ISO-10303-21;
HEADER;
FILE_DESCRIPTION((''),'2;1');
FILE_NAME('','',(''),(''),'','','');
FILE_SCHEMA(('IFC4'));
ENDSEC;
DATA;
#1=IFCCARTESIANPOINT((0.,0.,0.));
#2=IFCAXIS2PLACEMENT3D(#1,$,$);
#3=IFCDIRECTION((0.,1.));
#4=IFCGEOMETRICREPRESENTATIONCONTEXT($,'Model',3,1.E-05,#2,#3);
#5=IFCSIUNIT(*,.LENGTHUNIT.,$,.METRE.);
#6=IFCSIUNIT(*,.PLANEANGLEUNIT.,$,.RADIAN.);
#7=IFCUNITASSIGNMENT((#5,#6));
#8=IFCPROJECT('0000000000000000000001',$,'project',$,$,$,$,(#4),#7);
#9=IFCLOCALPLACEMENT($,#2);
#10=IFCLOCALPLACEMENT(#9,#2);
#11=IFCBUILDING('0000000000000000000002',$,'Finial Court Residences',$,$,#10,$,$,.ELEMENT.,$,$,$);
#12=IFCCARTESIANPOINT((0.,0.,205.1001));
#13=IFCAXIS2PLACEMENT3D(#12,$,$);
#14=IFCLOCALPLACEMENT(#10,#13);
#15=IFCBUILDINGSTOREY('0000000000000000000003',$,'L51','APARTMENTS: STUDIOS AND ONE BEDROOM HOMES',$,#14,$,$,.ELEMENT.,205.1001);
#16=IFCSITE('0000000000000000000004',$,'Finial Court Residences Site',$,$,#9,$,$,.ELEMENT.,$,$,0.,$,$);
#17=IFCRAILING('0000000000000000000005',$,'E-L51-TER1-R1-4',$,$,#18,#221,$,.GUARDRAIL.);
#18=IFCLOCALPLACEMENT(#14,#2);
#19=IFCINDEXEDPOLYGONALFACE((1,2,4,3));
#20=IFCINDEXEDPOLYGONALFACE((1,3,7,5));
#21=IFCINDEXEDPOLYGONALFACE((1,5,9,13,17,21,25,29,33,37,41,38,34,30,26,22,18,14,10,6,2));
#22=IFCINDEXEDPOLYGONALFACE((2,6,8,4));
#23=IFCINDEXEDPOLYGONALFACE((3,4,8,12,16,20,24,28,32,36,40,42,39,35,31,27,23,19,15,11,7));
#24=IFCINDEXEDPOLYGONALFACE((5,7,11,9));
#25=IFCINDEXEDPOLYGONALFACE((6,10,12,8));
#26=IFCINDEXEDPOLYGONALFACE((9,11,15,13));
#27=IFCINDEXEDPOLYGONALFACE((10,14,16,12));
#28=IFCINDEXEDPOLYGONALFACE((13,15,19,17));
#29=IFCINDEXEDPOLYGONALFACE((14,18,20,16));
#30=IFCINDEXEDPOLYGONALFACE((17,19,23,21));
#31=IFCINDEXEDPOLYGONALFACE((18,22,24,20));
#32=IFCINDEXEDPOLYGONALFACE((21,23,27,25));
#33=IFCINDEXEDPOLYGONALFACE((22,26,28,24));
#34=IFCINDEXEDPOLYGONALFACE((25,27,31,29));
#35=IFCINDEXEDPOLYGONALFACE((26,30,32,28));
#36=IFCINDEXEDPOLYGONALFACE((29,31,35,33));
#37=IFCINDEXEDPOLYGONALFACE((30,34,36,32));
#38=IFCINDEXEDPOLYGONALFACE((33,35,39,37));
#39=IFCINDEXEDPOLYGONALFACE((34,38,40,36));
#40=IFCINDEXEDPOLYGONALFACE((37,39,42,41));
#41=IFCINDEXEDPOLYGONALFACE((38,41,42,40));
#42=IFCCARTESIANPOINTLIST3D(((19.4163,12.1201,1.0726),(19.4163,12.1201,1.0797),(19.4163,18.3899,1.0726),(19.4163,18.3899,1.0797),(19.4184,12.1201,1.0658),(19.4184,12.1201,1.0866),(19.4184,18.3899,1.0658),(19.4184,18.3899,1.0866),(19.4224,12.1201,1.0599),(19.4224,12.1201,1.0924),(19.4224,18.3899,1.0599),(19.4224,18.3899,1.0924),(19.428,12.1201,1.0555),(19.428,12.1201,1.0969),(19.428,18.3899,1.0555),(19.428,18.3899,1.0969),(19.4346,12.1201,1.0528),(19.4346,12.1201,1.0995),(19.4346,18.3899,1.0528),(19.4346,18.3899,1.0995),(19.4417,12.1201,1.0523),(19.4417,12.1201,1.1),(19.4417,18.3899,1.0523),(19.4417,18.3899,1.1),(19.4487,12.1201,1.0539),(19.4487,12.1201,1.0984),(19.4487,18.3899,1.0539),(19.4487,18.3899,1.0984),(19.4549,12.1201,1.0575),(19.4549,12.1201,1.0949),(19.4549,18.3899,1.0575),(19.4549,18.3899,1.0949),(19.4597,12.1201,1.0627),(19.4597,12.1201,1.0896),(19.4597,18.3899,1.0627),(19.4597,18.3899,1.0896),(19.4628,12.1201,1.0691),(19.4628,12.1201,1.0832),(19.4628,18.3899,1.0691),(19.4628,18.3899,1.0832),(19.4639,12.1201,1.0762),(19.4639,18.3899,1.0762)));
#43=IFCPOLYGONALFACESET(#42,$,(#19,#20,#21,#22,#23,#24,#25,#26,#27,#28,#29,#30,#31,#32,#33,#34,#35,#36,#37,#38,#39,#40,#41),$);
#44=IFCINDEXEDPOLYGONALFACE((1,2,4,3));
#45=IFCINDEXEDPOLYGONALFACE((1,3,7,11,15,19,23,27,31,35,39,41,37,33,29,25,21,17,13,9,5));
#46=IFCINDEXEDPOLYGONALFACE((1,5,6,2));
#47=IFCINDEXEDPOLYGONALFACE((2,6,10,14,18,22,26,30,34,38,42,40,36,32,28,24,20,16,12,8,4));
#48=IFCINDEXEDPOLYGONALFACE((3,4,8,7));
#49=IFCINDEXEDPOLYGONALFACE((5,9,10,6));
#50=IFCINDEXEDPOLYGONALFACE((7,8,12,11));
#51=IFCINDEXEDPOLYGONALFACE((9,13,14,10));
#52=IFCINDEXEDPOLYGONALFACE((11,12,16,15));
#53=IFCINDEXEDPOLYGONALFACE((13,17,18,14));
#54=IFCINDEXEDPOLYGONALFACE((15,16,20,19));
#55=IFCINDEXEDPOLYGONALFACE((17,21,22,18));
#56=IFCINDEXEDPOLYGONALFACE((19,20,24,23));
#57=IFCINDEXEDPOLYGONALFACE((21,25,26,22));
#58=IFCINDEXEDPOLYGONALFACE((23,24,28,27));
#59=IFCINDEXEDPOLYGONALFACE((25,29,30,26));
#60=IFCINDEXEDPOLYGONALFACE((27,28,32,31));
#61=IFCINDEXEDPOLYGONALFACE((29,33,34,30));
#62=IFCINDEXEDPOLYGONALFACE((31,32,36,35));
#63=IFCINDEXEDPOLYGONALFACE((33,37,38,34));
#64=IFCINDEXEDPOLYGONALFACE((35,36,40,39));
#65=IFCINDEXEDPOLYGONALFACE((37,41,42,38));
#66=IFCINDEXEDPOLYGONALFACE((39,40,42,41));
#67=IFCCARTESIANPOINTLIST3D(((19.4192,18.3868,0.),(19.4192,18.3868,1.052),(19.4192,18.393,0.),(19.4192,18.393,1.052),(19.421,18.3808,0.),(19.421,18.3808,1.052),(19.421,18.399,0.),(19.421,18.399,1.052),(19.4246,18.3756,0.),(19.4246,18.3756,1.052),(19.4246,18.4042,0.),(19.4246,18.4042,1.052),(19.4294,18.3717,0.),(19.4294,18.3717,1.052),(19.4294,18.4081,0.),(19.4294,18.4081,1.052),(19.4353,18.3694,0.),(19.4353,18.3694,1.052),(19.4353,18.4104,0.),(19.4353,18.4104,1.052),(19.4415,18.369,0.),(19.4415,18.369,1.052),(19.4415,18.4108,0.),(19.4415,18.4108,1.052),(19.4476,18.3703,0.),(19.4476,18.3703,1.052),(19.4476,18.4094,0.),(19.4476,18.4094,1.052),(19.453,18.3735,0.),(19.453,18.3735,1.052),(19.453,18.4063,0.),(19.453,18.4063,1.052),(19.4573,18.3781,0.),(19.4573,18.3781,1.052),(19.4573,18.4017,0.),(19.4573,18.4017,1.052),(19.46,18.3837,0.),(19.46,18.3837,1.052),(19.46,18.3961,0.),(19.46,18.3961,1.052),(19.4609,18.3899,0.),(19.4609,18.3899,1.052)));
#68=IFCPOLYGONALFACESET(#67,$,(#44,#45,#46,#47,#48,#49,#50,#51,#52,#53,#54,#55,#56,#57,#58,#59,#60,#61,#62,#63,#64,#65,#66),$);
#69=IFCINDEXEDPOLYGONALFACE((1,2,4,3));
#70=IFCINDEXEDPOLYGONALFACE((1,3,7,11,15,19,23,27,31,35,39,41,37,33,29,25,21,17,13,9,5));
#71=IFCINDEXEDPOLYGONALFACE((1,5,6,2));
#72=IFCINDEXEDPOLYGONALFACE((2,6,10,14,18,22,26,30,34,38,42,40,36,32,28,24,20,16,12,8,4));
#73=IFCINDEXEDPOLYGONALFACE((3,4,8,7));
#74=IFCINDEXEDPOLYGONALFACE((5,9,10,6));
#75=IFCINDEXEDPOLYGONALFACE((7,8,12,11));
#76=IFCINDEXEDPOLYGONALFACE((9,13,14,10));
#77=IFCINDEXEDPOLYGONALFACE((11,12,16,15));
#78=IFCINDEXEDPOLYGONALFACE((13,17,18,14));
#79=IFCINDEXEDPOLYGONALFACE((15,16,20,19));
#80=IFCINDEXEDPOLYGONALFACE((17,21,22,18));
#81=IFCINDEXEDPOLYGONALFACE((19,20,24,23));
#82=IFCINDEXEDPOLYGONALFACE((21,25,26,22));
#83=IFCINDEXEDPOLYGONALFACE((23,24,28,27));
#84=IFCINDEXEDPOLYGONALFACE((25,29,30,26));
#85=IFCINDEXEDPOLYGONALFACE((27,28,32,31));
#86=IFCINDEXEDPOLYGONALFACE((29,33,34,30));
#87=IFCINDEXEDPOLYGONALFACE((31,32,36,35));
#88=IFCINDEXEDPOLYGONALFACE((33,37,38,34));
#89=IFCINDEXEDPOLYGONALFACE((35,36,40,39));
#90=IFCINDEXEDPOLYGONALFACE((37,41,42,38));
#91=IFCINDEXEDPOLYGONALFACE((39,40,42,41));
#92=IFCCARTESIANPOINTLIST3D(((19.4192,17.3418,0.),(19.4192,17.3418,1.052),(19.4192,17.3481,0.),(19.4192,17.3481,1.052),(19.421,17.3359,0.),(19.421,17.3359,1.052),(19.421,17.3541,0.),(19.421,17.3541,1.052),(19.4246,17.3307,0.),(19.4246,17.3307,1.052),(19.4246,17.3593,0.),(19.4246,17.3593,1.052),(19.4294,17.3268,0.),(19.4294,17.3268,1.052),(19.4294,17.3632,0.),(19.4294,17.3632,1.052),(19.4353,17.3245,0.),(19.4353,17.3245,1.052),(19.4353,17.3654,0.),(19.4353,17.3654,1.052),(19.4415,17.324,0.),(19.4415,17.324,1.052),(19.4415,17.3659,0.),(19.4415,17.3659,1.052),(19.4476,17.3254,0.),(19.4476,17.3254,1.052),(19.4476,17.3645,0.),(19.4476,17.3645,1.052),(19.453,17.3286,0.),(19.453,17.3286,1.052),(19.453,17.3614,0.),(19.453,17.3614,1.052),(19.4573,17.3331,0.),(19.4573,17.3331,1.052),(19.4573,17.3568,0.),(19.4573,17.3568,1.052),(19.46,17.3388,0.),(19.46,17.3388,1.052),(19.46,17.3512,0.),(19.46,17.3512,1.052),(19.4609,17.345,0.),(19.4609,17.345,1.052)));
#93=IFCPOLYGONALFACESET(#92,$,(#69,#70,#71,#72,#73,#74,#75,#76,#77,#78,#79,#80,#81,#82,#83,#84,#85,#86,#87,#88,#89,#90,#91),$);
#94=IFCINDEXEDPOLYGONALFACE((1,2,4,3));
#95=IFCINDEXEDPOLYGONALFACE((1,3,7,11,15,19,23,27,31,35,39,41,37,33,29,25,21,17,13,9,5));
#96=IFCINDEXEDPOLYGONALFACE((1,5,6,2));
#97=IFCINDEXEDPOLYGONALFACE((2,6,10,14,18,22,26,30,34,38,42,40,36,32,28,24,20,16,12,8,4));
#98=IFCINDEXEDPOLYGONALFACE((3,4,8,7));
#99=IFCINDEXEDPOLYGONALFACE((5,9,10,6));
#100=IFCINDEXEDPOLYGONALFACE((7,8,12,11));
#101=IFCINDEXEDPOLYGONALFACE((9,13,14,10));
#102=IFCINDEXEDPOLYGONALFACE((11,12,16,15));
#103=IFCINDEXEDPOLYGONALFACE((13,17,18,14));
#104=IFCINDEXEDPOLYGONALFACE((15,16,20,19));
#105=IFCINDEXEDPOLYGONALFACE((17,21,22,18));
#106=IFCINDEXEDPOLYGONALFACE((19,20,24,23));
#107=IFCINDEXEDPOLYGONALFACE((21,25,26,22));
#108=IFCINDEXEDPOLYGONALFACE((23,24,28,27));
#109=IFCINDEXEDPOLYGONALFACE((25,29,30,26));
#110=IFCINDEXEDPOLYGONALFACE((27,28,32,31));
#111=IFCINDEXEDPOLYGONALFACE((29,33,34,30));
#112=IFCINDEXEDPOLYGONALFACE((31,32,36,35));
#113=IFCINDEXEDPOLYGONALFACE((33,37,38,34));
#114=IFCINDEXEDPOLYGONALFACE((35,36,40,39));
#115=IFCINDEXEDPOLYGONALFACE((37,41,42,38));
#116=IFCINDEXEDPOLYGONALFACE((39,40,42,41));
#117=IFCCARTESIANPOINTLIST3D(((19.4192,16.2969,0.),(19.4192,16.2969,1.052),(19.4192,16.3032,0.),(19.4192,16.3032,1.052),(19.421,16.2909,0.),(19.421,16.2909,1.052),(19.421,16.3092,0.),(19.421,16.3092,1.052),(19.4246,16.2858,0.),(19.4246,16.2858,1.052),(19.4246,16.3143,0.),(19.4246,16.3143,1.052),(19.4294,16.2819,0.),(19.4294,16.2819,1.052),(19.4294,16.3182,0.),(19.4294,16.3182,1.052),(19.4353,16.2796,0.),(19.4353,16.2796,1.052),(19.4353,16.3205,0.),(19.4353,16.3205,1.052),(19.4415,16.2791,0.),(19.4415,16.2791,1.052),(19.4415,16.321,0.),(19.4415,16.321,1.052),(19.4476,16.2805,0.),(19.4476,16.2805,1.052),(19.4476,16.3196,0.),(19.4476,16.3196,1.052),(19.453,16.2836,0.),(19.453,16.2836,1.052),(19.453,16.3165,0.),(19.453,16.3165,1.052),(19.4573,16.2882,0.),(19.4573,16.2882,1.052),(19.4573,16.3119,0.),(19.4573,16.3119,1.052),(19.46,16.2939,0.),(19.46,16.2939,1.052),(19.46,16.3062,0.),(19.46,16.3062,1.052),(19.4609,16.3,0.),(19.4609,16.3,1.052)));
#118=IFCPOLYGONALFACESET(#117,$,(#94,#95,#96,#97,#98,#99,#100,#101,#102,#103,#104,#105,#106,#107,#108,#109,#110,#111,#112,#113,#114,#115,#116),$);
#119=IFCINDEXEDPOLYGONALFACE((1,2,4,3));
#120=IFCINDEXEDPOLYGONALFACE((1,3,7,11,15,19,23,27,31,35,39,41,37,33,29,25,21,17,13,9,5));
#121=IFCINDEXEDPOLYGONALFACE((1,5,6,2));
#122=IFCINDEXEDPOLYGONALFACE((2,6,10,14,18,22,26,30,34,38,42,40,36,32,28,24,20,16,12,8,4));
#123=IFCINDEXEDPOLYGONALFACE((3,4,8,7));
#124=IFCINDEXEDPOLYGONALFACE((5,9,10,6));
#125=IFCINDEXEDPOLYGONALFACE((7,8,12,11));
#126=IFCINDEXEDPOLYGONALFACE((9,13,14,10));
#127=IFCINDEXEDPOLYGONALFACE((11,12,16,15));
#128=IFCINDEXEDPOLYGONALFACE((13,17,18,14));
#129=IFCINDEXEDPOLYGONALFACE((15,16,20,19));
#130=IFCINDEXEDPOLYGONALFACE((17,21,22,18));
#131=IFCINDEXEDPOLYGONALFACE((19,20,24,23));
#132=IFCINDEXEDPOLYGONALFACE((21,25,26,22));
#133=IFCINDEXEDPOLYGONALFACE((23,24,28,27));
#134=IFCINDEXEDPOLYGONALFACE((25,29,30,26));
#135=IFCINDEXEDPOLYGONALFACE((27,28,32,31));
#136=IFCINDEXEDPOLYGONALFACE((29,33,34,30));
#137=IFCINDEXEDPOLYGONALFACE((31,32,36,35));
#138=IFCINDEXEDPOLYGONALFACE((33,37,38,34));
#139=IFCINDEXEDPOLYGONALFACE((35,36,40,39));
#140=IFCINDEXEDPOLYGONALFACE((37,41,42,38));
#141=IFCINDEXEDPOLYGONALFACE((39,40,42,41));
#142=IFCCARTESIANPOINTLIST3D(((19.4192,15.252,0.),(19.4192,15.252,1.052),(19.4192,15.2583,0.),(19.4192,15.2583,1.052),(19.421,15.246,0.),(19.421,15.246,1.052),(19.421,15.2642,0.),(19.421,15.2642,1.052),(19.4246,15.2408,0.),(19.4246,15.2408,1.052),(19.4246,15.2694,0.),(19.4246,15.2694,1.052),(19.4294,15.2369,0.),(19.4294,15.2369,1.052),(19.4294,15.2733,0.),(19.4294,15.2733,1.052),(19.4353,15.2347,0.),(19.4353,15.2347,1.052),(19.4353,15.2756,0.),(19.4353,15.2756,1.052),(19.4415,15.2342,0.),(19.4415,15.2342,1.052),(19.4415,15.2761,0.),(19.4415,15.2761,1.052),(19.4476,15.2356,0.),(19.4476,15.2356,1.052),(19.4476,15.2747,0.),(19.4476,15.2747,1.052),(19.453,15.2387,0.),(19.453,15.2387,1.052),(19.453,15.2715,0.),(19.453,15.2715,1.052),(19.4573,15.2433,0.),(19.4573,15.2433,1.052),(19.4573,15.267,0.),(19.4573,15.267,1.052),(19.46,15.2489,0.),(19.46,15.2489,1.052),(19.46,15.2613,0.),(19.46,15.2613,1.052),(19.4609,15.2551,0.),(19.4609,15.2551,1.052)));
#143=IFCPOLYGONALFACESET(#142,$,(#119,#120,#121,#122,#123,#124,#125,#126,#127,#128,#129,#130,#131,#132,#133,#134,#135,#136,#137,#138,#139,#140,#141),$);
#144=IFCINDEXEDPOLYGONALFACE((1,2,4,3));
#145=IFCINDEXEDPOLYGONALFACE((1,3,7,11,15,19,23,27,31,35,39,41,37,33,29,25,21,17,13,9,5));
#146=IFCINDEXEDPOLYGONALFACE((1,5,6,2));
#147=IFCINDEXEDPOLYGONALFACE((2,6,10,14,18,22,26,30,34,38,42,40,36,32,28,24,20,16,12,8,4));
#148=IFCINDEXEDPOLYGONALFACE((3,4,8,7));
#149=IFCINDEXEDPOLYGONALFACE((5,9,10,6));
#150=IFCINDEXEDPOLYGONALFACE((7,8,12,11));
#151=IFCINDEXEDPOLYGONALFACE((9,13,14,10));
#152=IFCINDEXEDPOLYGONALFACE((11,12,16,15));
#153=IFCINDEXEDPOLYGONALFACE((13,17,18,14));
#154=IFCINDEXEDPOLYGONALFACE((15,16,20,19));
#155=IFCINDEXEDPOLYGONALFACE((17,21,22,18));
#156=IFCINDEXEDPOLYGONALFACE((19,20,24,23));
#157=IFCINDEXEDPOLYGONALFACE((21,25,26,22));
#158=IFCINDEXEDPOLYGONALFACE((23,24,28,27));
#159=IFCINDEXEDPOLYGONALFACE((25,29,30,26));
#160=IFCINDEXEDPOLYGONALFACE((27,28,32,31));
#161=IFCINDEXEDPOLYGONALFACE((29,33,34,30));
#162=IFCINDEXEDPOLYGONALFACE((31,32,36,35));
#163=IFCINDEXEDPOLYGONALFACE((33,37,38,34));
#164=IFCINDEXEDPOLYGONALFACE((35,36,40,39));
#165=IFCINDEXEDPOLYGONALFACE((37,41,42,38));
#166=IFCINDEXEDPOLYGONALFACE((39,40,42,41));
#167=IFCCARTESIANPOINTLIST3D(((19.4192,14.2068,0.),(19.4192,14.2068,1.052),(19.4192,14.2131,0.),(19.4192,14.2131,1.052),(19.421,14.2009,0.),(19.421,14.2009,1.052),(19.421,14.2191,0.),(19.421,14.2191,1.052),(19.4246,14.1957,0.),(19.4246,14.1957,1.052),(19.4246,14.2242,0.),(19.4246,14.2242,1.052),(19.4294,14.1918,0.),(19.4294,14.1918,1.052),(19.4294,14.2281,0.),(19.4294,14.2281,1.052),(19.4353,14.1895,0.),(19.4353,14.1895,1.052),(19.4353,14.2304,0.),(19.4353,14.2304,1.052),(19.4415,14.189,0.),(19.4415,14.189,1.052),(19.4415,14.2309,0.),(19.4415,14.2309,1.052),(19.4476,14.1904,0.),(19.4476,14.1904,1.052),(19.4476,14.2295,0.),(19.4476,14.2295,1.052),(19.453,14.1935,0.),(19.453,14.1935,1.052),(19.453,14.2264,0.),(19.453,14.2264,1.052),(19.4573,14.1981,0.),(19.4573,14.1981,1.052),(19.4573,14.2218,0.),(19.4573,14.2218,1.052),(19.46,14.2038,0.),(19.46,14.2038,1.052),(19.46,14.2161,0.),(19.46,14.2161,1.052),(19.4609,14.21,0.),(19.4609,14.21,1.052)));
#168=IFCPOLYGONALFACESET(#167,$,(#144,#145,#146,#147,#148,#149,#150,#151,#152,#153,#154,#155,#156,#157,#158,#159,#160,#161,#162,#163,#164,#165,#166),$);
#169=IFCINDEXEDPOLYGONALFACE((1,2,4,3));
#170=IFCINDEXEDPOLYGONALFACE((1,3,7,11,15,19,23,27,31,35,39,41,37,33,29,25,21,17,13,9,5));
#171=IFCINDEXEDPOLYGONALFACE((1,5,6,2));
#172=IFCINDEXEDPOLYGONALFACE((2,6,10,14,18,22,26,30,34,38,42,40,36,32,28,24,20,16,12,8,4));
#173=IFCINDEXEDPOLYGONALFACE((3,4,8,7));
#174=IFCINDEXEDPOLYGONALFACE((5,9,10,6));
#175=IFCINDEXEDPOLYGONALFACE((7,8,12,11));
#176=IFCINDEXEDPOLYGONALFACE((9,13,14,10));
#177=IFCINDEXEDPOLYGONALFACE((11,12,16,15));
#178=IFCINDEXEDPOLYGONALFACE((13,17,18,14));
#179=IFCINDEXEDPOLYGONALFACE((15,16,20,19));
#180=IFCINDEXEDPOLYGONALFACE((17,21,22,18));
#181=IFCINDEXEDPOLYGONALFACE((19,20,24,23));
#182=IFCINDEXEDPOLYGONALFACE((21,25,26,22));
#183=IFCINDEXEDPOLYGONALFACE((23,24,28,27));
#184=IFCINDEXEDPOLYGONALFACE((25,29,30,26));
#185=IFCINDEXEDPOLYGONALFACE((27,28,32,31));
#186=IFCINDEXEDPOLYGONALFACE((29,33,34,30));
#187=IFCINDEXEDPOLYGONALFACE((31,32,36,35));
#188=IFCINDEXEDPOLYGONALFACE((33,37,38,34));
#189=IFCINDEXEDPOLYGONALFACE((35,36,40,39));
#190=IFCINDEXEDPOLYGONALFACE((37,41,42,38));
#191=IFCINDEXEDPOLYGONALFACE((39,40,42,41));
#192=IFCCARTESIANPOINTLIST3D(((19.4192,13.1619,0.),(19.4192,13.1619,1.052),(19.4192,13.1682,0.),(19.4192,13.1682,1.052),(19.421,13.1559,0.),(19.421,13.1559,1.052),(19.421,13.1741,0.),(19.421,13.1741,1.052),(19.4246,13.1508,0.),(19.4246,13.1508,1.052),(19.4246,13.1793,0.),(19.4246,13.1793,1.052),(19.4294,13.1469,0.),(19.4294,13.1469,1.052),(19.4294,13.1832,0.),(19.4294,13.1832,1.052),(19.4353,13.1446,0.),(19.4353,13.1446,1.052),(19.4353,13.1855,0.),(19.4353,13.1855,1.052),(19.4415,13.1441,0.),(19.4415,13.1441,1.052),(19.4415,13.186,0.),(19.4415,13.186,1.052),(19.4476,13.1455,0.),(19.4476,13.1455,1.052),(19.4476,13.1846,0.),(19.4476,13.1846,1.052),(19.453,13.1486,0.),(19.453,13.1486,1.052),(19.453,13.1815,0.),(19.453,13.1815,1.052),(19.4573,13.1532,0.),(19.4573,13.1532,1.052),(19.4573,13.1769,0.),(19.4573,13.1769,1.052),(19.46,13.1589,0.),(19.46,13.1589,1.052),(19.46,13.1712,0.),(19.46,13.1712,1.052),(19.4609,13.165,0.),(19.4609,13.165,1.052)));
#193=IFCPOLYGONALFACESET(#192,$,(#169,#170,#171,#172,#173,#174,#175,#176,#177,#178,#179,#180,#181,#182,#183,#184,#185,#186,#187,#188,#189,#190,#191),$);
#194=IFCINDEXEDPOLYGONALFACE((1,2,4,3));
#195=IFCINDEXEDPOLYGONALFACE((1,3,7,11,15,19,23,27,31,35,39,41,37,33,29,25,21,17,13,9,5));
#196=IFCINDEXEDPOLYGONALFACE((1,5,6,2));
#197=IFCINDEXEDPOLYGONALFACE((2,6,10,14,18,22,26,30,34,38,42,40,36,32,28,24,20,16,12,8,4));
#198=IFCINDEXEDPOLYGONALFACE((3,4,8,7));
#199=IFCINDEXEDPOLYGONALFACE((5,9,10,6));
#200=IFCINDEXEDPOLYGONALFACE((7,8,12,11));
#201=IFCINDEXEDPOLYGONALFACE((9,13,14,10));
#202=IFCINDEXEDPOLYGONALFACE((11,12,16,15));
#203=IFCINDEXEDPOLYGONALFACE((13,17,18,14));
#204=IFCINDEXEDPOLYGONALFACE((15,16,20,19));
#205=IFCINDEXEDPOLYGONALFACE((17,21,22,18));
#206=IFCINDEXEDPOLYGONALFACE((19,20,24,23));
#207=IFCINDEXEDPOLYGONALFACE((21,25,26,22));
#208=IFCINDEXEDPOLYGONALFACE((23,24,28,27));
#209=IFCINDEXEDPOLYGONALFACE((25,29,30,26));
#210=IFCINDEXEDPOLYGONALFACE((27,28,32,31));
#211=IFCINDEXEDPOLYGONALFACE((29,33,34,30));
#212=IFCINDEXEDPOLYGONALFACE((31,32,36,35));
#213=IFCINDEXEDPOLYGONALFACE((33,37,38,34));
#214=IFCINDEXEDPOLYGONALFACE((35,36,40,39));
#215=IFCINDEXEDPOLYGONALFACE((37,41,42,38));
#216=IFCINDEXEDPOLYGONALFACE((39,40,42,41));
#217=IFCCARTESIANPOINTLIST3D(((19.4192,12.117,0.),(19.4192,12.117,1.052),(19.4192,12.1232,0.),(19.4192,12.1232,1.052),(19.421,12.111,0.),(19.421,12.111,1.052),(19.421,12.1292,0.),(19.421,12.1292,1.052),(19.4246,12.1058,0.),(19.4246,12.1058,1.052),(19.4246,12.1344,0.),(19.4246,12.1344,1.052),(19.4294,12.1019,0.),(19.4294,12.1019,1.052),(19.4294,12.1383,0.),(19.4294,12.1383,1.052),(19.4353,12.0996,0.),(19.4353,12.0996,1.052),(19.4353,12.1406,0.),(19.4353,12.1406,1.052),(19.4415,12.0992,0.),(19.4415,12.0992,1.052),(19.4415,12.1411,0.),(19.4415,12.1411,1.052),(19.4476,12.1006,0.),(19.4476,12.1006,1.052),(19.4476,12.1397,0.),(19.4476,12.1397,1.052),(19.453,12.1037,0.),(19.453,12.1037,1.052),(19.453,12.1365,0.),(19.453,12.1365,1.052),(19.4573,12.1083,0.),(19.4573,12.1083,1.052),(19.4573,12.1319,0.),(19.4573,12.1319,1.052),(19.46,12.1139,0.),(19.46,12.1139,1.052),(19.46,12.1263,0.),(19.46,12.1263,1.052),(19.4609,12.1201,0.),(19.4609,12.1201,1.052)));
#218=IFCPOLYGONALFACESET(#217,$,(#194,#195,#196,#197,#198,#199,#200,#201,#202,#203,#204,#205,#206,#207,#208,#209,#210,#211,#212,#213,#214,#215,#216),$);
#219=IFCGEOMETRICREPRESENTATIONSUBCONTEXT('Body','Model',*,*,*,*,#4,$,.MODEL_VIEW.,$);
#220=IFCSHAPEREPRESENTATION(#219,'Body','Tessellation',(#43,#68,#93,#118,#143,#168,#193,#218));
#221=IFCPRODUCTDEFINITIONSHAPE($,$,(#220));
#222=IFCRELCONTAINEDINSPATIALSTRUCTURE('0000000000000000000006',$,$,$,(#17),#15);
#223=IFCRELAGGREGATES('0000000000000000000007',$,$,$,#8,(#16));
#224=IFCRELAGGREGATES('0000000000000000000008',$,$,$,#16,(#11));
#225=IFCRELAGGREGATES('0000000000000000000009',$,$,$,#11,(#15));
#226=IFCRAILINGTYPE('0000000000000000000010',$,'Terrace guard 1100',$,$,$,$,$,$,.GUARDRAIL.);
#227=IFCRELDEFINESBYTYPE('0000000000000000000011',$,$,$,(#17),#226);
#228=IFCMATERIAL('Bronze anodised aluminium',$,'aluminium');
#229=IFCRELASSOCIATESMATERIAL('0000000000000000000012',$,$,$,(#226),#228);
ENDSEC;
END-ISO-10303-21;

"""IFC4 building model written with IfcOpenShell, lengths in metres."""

from ifc_helpers import new_model, si_unit, direction, frame, origin, origin_2d, place, context, subcontext, project, spatial, circle, extrude, material, type_object, element, save


model = new_model("IFC4")

# Units and contexts
model_context = context("Model", 3, precision=1e-05, world=origin(), true_north=direction((0.0, 1.0)))
body_context = subcontext(model_context, "Body", "Model", "MODEL_VIEW")
ifc_project = project(units=[si_unit("LENGTHUNIT", "METRE"), si_unit("PLANEANGLEUNIT", "RADIAN")], contexts=[model_context])

# Site, building, storey
site_placement = place(None, origin())
site = spatial("IfcSite", under=ifc_project, at=site_placement, Name="Finial Court Residences Site", CompositionType="ELEMENT", RefElevation=0.0)
building_placement = place(site_placement, origin())
building = spatial("IfcBuilding", under=site, at=building_placement, Name="Finial Court Residences", CompositionType="ELEMENT")
storey_placement = place(building_placement, frame((0.0, 0.0, 205.1001)))
storey = spatial("IfcBuildingStorey", under=building, at=storey_placement, Name="L51", Description="APARTMENTS: STUDIOS AND ONE BEDROOM HOMES", CompositionType="ELEMENT", Elevation=205.1001)

# Shared definitions
ifc_material_1 = material(Name="Bronze anodised aluminium", Category="aluminium")

# Railing
railing_type = type_object("IfcRailingType", Name="Terrace guard 1100", PredefinedType="GUARDRAIL", material=ifc_material_1)
railing_1_placement = place(storey_placement, frame((19.4399, 18.3899, 0.0)))
element("IfcRailing", 1, at=railing_1_placement, inside=storey, type_object=railing_type, Name="E-L51-TER1-R1-4", PredefinedType="GUARDRAIL", context=body_context, shape_type="SweptSolid", body=[
    extrude(circle(Radius=0.0239, at=origin_2d()), frame((0.0, 0.0, 1.0762), z_axis=(0.0, -1.0, 0.0), x_axis=(1.0, 0.0, 0.0)), (0.0, 0.0, 1.0), 6.2698),
    extrude(circle(Radius=0.021, at=origin_2d()), origin(), (0.0, 0.0, 1.0), 1.052),
    extrude(circle(Radius=0.021, at=origin_2d()), frame((0.0, -1.0449, 0.0)), (0.0, 0.0, 1.0), 1.052),
    extrude(circle(Radius=0.021, at=origin_2d()), frame((0.0, -2.0898, 0.0)), (0.0, 0.0, 1.0), 1.052),
    extrude(circle(Radius=0.021, at=origin_2d()), frame((0.0, -3.1348, 0.0)), (0.0, 0.0, 1.0), 1.052),
    extrude(circle(Radius=0.021, at=origin_2d()), frame((0.0, -4.1799, 0.0)), (0.0, 0.0, 1.0), 1.052),
    extrude(circle(Radius=0.021, at=origin_2d()), frame((0.0, -5.2249, 0.0)), (0.0, 0.0, 1.0), 1.052),
    extrude(circle(Radius=0.021, at=origin_2d()), frame((0.0, -6.2698, 0.0)), (0.0, 0.0, 1.0), 1.052),
])

save(model, "model.ifc")
